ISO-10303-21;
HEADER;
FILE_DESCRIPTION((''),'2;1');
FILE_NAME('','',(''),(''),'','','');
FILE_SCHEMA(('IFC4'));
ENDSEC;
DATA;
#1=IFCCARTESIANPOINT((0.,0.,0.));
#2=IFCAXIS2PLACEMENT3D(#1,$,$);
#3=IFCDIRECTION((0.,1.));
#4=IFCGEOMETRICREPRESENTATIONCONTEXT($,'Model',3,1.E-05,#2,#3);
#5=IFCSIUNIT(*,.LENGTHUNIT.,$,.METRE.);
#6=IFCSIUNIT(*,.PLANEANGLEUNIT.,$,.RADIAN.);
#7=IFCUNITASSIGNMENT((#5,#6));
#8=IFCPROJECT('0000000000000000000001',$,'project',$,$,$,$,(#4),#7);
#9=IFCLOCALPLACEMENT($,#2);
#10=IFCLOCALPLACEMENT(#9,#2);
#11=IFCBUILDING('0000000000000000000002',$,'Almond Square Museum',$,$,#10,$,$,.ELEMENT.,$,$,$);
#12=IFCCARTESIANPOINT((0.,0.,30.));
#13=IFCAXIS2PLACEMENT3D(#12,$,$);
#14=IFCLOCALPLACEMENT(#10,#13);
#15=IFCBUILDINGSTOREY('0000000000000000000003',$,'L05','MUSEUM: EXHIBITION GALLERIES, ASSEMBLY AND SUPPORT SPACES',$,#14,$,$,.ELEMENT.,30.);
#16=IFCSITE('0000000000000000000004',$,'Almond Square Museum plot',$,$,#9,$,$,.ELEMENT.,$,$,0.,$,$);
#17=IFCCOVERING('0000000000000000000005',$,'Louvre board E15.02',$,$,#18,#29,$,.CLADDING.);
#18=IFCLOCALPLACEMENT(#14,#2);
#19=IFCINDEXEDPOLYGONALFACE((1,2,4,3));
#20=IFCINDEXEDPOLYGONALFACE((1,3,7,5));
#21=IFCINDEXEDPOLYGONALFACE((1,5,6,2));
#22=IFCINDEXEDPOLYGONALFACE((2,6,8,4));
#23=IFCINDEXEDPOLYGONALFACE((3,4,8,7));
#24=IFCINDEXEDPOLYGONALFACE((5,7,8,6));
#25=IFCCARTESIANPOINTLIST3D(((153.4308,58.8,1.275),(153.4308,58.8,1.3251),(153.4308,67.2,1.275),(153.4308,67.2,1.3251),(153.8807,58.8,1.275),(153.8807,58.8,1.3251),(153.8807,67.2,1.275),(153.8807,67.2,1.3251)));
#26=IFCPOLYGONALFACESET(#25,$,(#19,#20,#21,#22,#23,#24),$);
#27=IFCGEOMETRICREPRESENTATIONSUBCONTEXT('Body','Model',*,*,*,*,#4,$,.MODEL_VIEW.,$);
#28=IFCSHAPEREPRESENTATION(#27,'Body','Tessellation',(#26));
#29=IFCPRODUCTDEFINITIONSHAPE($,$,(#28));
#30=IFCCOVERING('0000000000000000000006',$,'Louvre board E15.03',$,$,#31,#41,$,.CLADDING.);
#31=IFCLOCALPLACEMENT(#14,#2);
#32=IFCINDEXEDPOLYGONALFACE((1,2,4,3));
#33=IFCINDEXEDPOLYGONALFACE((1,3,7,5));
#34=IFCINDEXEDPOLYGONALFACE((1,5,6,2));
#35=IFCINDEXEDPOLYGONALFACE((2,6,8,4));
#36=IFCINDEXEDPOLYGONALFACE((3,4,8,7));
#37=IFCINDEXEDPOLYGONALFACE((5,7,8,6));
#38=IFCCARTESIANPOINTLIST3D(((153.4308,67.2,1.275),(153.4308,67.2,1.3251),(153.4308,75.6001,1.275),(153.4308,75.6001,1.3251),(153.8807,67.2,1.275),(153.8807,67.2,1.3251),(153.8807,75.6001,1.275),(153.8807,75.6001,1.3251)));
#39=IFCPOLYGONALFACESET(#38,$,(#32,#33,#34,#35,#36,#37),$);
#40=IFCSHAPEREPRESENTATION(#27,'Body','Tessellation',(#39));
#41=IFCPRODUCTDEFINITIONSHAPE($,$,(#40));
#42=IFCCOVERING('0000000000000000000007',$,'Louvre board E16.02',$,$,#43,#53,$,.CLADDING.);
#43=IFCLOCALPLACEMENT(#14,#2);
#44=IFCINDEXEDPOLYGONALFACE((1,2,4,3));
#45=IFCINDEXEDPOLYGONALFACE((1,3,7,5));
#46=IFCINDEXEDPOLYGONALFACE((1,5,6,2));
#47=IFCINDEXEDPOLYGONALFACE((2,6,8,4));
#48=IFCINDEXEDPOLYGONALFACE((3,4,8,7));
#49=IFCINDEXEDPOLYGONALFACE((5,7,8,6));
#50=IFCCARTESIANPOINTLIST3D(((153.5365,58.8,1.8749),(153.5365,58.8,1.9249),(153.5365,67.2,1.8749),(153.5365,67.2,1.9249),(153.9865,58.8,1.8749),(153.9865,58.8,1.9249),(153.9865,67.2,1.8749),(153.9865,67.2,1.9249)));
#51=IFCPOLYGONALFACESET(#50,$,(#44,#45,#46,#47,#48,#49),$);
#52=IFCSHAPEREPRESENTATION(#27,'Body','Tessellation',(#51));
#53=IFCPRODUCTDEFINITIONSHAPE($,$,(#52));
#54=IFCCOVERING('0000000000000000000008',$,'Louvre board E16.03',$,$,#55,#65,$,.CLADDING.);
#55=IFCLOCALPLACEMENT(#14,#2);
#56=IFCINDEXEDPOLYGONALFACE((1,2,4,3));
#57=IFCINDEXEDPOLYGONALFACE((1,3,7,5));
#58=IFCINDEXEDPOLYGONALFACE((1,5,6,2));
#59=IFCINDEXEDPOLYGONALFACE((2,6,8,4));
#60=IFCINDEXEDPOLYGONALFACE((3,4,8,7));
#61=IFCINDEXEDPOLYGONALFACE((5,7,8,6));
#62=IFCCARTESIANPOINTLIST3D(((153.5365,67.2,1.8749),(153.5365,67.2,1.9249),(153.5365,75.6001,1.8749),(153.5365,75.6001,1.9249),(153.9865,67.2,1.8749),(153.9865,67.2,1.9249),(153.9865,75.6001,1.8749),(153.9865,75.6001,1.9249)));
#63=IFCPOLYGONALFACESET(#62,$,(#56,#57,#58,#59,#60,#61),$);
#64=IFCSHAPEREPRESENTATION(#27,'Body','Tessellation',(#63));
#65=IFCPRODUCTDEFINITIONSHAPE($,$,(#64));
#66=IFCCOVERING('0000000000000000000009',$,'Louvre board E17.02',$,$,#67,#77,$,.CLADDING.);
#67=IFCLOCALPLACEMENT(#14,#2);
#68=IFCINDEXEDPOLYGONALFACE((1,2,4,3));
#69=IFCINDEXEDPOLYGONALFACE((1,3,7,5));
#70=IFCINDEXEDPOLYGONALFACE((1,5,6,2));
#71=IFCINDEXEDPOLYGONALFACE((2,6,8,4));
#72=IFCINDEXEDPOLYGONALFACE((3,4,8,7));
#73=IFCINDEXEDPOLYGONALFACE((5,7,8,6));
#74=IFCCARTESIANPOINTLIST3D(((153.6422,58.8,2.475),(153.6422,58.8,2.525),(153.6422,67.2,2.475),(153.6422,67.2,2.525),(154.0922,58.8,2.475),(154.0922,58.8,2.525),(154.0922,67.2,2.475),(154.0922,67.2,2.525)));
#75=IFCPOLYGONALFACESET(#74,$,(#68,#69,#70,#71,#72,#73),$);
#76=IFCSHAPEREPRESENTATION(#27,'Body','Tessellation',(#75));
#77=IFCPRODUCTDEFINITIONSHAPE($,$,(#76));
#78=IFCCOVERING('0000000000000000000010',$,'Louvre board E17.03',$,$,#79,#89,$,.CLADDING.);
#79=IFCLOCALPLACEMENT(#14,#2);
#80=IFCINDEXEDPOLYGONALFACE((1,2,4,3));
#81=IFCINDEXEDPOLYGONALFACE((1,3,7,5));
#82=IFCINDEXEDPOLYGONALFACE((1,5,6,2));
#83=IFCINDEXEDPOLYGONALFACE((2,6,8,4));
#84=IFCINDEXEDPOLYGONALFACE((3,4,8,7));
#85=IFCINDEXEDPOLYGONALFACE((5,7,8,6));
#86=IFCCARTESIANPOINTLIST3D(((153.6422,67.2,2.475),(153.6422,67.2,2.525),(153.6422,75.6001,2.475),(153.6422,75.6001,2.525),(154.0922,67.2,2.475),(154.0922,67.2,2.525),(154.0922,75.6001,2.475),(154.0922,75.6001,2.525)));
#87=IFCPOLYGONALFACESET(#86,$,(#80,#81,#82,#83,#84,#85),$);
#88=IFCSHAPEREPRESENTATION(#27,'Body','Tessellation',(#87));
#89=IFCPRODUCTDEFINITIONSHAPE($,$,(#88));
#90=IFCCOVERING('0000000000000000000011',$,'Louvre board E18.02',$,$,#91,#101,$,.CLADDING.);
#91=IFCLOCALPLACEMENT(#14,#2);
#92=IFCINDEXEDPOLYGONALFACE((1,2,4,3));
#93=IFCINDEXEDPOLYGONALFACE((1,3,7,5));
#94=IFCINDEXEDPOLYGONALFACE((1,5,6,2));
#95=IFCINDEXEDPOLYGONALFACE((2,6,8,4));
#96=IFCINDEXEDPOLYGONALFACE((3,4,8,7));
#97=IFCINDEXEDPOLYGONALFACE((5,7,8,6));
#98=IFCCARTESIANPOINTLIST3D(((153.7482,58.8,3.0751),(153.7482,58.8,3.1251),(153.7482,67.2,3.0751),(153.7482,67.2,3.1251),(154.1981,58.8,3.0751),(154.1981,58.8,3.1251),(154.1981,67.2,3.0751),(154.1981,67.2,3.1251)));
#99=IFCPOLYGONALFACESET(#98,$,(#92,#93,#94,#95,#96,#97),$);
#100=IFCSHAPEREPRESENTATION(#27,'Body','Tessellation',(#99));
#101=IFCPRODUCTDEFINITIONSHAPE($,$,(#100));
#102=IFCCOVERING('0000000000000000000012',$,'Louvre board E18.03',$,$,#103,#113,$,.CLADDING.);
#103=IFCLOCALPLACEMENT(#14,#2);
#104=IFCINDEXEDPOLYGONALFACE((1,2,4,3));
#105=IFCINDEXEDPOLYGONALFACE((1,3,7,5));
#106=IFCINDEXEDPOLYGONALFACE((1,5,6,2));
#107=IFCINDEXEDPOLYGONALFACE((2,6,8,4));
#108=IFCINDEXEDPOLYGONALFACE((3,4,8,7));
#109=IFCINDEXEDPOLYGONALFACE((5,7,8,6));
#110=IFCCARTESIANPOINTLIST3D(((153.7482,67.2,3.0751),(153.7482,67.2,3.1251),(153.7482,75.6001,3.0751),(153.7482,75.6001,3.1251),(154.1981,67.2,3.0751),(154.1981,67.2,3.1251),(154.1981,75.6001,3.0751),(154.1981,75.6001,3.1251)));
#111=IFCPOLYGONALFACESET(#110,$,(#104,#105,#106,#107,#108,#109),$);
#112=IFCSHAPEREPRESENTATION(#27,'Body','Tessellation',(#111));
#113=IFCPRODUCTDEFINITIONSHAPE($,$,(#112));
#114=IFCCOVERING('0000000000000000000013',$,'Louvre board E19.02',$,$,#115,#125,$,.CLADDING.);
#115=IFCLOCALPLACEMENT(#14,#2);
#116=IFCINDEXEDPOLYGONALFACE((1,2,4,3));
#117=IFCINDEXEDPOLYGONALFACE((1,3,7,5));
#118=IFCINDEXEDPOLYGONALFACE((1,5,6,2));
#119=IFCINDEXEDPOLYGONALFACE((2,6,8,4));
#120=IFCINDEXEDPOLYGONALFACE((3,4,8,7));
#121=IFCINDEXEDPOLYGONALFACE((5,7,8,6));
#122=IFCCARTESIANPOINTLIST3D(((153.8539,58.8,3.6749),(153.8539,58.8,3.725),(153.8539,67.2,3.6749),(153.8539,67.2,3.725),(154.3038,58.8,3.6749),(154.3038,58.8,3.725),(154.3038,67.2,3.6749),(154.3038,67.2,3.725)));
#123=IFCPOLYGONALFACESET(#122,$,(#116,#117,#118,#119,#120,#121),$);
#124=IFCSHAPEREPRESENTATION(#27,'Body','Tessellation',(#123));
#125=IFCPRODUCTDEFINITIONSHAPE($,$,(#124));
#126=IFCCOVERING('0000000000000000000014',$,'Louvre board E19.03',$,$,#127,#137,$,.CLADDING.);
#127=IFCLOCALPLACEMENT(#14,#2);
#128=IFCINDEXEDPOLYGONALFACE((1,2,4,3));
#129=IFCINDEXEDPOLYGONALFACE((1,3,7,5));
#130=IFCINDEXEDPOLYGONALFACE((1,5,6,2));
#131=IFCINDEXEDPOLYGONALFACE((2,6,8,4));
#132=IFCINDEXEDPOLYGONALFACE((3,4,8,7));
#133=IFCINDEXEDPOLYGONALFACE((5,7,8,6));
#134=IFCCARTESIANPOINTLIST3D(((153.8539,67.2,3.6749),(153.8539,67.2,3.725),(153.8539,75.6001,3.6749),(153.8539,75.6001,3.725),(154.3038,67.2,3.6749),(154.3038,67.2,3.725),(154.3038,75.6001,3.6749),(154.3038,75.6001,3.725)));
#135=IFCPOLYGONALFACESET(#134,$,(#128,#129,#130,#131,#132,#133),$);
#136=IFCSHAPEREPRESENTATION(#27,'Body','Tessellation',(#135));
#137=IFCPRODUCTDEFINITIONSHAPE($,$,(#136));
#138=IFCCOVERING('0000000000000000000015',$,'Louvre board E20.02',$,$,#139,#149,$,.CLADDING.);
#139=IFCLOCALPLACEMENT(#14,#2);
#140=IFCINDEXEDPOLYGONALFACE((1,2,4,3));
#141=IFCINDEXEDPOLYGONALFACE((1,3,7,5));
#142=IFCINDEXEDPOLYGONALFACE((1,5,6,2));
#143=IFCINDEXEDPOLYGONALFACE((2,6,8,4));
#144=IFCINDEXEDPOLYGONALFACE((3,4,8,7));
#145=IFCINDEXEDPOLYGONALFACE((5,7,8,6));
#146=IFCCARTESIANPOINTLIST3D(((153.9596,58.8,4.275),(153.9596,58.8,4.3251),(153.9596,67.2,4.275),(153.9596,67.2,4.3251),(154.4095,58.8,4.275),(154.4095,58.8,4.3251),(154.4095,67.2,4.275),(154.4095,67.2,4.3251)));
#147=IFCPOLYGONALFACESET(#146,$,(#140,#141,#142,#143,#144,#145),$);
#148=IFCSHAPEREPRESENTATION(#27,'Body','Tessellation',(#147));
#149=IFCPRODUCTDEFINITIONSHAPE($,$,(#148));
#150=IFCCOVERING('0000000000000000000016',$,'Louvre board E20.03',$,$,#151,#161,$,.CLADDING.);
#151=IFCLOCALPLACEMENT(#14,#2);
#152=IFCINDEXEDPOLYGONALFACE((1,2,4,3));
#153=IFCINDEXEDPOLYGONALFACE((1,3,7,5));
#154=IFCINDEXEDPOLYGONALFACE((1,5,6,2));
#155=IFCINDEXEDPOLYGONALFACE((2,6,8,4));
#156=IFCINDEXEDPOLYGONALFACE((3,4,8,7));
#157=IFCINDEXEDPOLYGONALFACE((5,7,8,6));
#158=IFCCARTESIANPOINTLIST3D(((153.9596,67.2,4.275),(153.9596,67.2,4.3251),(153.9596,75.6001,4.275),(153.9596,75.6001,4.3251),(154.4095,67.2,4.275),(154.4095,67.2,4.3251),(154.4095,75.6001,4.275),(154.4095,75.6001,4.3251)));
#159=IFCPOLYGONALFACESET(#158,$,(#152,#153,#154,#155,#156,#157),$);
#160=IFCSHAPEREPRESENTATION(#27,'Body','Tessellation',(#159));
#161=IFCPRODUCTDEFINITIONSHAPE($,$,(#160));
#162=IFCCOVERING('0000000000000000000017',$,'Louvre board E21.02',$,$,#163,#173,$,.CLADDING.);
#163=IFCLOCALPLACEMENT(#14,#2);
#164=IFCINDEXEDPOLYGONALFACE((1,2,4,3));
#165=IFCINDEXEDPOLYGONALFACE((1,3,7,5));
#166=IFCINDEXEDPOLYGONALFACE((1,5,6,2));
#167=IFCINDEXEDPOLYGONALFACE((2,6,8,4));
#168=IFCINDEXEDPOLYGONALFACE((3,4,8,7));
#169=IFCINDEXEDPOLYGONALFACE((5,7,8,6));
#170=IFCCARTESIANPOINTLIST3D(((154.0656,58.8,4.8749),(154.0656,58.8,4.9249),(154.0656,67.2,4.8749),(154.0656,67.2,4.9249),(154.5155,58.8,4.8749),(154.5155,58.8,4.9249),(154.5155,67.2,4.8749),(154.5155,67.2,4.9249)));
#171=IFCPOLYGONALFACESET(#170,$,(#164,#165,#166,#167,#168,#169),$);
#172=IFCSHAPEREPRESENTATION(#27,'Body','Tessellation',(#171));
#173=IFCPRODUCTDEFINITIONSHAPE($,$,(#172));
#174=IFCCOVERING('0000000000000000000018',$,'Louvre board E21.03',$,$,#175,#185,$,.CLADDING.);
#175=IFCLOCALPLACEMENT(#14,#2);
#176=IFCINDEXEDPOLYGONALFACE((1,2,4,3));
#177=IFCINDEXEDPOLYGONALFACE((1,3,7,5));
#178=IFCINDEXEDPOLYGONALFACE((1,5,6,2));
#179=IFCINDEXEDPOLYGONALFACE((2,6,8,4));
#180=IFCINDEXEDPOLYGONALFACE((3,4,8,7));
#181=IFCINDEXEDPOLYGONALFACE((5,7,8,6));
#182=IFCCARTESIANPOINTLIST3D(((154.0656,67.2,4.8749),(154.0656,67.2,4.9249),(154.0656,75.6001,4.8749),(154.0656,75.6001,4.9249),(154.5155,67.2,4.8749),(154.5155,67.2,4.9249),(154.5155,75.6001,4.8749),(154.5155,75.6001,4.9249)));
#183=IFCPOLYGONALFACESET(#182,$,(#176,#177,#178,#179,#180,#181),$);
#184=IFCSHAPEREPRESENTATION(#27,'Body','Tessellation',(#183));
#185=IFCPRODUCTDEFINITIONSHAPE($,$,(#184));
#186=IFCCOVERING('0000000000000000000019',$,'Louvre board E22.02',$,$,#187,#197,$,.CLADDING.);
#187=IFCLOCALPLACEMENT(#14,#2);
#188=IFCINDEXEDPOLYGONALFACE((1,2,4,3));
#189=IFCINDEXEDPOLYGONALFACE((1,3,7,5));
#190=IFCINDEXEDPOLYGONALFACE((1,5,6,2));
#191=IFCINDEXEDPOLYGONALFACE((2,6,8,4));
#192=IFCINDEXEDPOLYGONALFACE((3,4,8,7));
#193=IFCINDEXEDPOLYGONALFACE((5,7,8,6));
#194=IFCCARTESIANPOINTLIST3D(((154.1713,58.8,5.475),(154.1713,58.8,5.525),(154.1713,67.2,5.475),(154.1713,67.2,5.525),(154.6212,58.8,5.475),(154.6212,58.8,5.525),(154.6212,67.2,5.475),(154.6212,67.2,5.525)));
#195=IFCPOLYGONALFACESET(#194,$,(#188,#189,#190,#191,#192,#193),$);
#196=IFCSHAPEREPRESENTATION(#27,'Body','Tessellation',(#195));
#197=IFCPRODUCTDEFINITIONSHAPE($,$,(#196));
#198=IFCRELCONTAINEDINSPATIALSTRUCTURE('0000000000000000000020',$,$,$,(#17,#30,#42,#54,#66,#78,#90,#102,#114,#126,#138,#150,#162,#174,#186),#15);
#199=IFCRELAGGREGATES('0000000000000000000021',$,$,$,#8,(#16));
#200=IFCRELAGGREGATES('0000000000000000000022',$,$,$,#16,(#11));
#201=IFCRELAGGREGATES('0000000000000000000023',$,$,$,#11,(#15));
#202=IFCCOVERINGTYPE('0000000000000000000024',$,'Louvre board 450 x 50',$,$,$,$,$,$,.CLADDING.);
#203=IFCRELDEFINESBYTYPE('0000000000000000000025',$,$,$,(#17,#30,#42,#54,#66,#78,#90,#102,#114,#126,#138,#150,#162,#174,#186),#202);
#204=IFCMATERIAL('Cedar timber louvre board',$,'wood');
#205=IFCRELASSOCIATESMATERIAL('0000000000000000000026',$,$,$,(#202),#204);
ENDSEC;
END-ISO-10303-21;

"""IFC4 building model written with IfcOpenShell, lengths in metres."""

from ifc_helpers import new_model, si_unit, direction, frame, origin, origin_2d, place, context, subcontext, project, spatial, rectangle, extrude, material, material_profile, profile_set, type_object, element, save


model = new_model("IFC4")

# Units and contexts
model_context = context("Model", 3, precision=1e-05, world=origin(), true_north=direction((0.0, 1.0)))
body_context = subcontext(model_context, "Body", "Model", "MODEL_VIEW")
ifc_project = project(units=[si_unit("LENGTHUNIT", "METRE"), si_unit("PLANEANGLEUNIT", "RADIAN")], contexts=[model_context])

# Site, building, storey
site_placement = place(None, origin())
site = spatial("IfcSite", under=ifc_project, at=site_placement, Name="Almond Square Museum plot", CompositionType="ELEMENT", RefElevation=0.0)
building_placement = place(site_placement, origin())
building = spatial("IfcBuilding", under=site, at=building_placement, Name="Almond Square Museum", CompositionType="ELEMENT")
storey_placement = place(building_placement, frame((0.0, 0.0, 30.0)))
storey = spatial("IfcBuildingStorey", under=building, at=storey_placement, Name="L05", Description="MUSEUM: EXHIBITION GALLERIES, ASSEMBLY AND SUPPORT SPACES", CompositionType="ELEMENT", Elevation=30.0)

# Coverings
ifc_material_1 = material(Name="Cedar timber louvre board", Category="wood")
ifc_material_profile_1 = material_profile(ifc_material_1, rectangle(XDim=0.45, YDim=0.05, at=origin_2d()))
ifc_profile_set_1 = profile_set([ifc_material_profile_1], Name="Cedar timber louvre board")
covering_type = type_object("IfcCoveringType", Name="Louvre board 450 x 50", PredefinedType="CLADDING", material=ifc_profile_set_1)
covering_1_placement = place(storey_placement, frame((153.6558, 58.8, 1.3), z_axis=(0.0, 1.0, 0.0), x_axis=(-1.0, 0.0, 0.0)))
element("IfcCovering", 1, at=covering_1_placement, inside=storey, type_object=covering_type, Name="Louvre board E15.02", PredefinedType="CLADDING", context=body_context, shape_type="SweptSolid", body=[
    extrude(rectangle(XDim=0.45, YDim=0.05, at=origin_2d()), origin(), (0.0, 0.0, 1.0), 8.3999),
])
covering_2_placement = place(storey_placement, frame((153.6558, 67.2, 1.3), z_axis=(0.0, 1.0, 0.0), x_axis=(-1.0, 0.0, 0.0)))
element("IfcCovering", 2, at=covering_2_placement, inside=storey, type_object=covering_type, Name="Louvre board E15.03", PredefinedType="CLADDING", context=body_context, shape_type="SweptSolid", body=[
    extrude(rectangle(XDim=0.45, YDim=0.05, at=origin_2d()), origin(), (0.0, 0.0, 1.0), 8.4001),
])
covering_3_placement = place(storey_placement, frame((153.7615, 58.8, 1.8999), z_axis=(0.0, 1.0, 0.0), x_axis=(-1.0, 0.0, 0.0)))
element("IfcCovering", 3, at=covering_3_placement, inside=storey, type_object=covering_type, Name="Louvre board E16.02", PredefinedType="CLADDING", context=body_context, shape_type="SweptSolid", body=[
    extrude(rectangle(XDim=0.45, YDim=0.05, at=origin_2d()), origin(), (0.0, 0.0, 1.0), 8.3999),
])
covering_4_placement = place(storey_placement, frame((153.7615, 67.2, 1.8999), z_axis=(0.0, 1.0, 0.0), x_axis=(-1.0, 0.0, 0.0)))
element("IfcCovering", 4, at=covering_4_placement, inside=storey, type_object=covering_type, Name="Louvre board E16.03", PredefinedType="CLADDING", context=body_context, shape_type="SweptSolid", body=[
    extrude(rectangle(XDim=0.45, YDim=0.05, at=origin_2d()), origin(), (0.0, 0.0, 1.0), 8.4001),
])
covering_5_placement = place(storey_placement, frame((153.8672, 58.8, 2.5), z_axis=(0.0, 1.0, 0.0), x_axis=(-1.0, 0.0, 0.0)))
element("IfcCovering", 5, at=covering_5_placement, inside=storey, type_object=covering_type, Name="Louvre board E17.02", PredefinedType="CLADDING", context=body_context, shape_type="SweptSolid", body=[
    extrude(rectangle(XDim=0.45, YDim=0.05, at=origin_2d()), origin(), (0.0, 0.0, 1.0), 8.3999),
])
covering_6_placement = place(storey_placement, frame((153.8672, 67.2, 2.5), z_axis=(0.0, 1.0, 0.0), x_axis=(-1.0, 0.0, 0.0)))
element("IfcCovering", 6, at=covering_6_placement, inside=storey, type_object=covering_type, Name="Louvre board E17.03", PredefinedType="CLADDING", context=body_context, shape_type="SweptSolid", body=[
    extrude(rectangle(XDim=0.45, YDim=0.05, at=origin_2d()), origin(), (0.0, 0.0, 1.0), 8.4001),
])
covering_7_placement = place(storey_placement, frame((153.9731, 58.8, 3.1001), z_axis=(0.0, 1.0, 0.0), x_axis=(-1.0, 0.0, 0.0)))
element("IfcCovering", 7, at=covering_7_placement, inside=storey, type_object=covering_type, Name="Louvre board E18.02", PredefinedType="CLADDING", context=body_context, shape_type="SweptSolid", body=[
    extrude(rectangle(XDim=0.45, YDim=0.05, at=origin_2d()), origin(), (0.0, 0.0, 1.0), 8.3999),
])
covering_8_placement = place(storey_placement, frame((153.9731, 67.2, 3.1001), z_axis=(0.0, 1.0, 0.0), x_axis=(-1.0, 0.0, 0.0)))
element("IfcCovering", 8, at=covering_8_placement, inside=storey, type_object=covering_type, Name="Louvre board E18.03", PredefinedType="CLADDING", context=body_context, shape_type="SweptSolid", body=[
    extrude(rectangle(XDim=0.45, YDim=0.05, at=origin_2d()), origin(), (0.0, 0.0, 1.0), 8.4001),
])
covering_9_placement = place(storey_placement, frame((154.0789, 58.8, 3.7), z_axis=(0.0, 1.0, 0.0), x_axis=(-1.0, 0.0, 0.0)))
element("IfcCovering", 9, at=covering_9_placement, inside=storey, type_object=covering_type, Name="Louvre board E19.02", PredefinedType="CLADDING", context=body_context, shape_type="SweptSolid", body=[
    extrude(rectangle(XDim=0.45, YDim=0.05, at=origin_2d()), origin(), (0.0, 0.0, 1.0), 8.3999),
])
covering_10_placement = place(storey_placement, frame((154.0789, 67.2, 3.7), z_axis=(0.0, 1.0, 0.0), x_axis=(-1.0, 0.0, 0.0)))
element("IfcCovering", 10, at=covering_10_placement, inside=storey, type_object=covering_type, Name="Louvre board E19.03", PredefinedType="CLADDING", context=body_context, shape_type="SweptSolid", body=[
    extrude(rectangle(XDim=0.45, YDim=0.05, at=origin_2d()), origin(), (0.0, 0.0, 1.0), 8.4001),
])
covering_11_placement = place(storey_placement, frame((154.1846, 58.8, 4.3), z_axis=(0.0, 1.0, 0.0), x_axis=(-1.0, 0.0, 0.0)))
element("IfcCovering", 11, at=covering_11_placement, inside=storey, type_object=covering_type, Name="Louvre board E20.02", PredefinedType="CLADDING", context=body_context, shape_type="SweptSolid", body=[
    extrude(rectangle(XDim=0.45, YDim=0.05, at=origin_2d()), origin(), (0.0, 0.0, 1.0), 8.3999),
])
covering_12_placement = place(storey_placement, frame((154.1846, 67.2, 4.3), z_axis=(0.0, 1.0, 0.0), x_axis=(-1.0, 0.0, 0.0)))
element("IfcCovering", 12, at=covering_12_placement, inside=storey, type_object=covering_type, Name="Louvre board E20.03", PredefinedType="CLADDING", context=body_context, shape_type="SweptSolid", body=[
    extrude(rectangle(XDim=0.45, YDim=0.05, at=origin_2d()), origin(), (0.0, 0.0, 1.0), 8.4001),
])
covering_13_placement = place(storey_placement, frame((154.2905, 58.8, 4.8999), z_axis=(0.0, 1.0, 0.0), x_axis=(-1.0, 0.0, 0.0)))
element("IfcCovering", 13, at=covering_13_placement, inside=storey, type_object=covering_type, Name="Louvre board E21.02", PredefinedType="CLADDING", context=body_context, shape_type="SweptSolid", body=[
    extrude(rectangle(XDim=0.45, YDim=0.05, at=origin_2d()), origin(), (0.0, 0.0, 1.0), 8.3999),
])
covering_14_placement = place(storey_placement, frame((154.2905, 67.2, 4.8999), z_axis=(0.0, 1.0, 0.0), x_axis=(-1.0, 0.0, 0.0)))
element("IfcCovering", 14, at=covering_14_placement, inside=storey, type_object=covering_type, Name="Louvre board E21.03", PredefinedType="CLADDING", context=body_context, shape_type="SweptSolid", body=[
    extrude(rectangle(XDim=0.45, YDim=0.05, at=origin_2d()), origin(), (0.0, 0.0, 1.0), 8.4001),
])
covering_15_placement = place(storey_placement, frame((154.3962, 58.8, 5.5), z_axis=(0.0, 1.0, 0.0), x_axis=(-1.0, 0.0, 0.0)))
element("IfcCovering", 15, at=covering_15_placement, inside=storey, type_object=covering_type, Name="Louvre board E22.02", PredefinedType="CLADDING", context=body_context, shape_type="SweptSolid", body=[
    extrude(rectangle(XDim=0.45, YDim=0.05, at=origin_2d()), origin(), (0.0, 0.0, 1.0), 8.3999),
])

save(model, "model.ifc")
